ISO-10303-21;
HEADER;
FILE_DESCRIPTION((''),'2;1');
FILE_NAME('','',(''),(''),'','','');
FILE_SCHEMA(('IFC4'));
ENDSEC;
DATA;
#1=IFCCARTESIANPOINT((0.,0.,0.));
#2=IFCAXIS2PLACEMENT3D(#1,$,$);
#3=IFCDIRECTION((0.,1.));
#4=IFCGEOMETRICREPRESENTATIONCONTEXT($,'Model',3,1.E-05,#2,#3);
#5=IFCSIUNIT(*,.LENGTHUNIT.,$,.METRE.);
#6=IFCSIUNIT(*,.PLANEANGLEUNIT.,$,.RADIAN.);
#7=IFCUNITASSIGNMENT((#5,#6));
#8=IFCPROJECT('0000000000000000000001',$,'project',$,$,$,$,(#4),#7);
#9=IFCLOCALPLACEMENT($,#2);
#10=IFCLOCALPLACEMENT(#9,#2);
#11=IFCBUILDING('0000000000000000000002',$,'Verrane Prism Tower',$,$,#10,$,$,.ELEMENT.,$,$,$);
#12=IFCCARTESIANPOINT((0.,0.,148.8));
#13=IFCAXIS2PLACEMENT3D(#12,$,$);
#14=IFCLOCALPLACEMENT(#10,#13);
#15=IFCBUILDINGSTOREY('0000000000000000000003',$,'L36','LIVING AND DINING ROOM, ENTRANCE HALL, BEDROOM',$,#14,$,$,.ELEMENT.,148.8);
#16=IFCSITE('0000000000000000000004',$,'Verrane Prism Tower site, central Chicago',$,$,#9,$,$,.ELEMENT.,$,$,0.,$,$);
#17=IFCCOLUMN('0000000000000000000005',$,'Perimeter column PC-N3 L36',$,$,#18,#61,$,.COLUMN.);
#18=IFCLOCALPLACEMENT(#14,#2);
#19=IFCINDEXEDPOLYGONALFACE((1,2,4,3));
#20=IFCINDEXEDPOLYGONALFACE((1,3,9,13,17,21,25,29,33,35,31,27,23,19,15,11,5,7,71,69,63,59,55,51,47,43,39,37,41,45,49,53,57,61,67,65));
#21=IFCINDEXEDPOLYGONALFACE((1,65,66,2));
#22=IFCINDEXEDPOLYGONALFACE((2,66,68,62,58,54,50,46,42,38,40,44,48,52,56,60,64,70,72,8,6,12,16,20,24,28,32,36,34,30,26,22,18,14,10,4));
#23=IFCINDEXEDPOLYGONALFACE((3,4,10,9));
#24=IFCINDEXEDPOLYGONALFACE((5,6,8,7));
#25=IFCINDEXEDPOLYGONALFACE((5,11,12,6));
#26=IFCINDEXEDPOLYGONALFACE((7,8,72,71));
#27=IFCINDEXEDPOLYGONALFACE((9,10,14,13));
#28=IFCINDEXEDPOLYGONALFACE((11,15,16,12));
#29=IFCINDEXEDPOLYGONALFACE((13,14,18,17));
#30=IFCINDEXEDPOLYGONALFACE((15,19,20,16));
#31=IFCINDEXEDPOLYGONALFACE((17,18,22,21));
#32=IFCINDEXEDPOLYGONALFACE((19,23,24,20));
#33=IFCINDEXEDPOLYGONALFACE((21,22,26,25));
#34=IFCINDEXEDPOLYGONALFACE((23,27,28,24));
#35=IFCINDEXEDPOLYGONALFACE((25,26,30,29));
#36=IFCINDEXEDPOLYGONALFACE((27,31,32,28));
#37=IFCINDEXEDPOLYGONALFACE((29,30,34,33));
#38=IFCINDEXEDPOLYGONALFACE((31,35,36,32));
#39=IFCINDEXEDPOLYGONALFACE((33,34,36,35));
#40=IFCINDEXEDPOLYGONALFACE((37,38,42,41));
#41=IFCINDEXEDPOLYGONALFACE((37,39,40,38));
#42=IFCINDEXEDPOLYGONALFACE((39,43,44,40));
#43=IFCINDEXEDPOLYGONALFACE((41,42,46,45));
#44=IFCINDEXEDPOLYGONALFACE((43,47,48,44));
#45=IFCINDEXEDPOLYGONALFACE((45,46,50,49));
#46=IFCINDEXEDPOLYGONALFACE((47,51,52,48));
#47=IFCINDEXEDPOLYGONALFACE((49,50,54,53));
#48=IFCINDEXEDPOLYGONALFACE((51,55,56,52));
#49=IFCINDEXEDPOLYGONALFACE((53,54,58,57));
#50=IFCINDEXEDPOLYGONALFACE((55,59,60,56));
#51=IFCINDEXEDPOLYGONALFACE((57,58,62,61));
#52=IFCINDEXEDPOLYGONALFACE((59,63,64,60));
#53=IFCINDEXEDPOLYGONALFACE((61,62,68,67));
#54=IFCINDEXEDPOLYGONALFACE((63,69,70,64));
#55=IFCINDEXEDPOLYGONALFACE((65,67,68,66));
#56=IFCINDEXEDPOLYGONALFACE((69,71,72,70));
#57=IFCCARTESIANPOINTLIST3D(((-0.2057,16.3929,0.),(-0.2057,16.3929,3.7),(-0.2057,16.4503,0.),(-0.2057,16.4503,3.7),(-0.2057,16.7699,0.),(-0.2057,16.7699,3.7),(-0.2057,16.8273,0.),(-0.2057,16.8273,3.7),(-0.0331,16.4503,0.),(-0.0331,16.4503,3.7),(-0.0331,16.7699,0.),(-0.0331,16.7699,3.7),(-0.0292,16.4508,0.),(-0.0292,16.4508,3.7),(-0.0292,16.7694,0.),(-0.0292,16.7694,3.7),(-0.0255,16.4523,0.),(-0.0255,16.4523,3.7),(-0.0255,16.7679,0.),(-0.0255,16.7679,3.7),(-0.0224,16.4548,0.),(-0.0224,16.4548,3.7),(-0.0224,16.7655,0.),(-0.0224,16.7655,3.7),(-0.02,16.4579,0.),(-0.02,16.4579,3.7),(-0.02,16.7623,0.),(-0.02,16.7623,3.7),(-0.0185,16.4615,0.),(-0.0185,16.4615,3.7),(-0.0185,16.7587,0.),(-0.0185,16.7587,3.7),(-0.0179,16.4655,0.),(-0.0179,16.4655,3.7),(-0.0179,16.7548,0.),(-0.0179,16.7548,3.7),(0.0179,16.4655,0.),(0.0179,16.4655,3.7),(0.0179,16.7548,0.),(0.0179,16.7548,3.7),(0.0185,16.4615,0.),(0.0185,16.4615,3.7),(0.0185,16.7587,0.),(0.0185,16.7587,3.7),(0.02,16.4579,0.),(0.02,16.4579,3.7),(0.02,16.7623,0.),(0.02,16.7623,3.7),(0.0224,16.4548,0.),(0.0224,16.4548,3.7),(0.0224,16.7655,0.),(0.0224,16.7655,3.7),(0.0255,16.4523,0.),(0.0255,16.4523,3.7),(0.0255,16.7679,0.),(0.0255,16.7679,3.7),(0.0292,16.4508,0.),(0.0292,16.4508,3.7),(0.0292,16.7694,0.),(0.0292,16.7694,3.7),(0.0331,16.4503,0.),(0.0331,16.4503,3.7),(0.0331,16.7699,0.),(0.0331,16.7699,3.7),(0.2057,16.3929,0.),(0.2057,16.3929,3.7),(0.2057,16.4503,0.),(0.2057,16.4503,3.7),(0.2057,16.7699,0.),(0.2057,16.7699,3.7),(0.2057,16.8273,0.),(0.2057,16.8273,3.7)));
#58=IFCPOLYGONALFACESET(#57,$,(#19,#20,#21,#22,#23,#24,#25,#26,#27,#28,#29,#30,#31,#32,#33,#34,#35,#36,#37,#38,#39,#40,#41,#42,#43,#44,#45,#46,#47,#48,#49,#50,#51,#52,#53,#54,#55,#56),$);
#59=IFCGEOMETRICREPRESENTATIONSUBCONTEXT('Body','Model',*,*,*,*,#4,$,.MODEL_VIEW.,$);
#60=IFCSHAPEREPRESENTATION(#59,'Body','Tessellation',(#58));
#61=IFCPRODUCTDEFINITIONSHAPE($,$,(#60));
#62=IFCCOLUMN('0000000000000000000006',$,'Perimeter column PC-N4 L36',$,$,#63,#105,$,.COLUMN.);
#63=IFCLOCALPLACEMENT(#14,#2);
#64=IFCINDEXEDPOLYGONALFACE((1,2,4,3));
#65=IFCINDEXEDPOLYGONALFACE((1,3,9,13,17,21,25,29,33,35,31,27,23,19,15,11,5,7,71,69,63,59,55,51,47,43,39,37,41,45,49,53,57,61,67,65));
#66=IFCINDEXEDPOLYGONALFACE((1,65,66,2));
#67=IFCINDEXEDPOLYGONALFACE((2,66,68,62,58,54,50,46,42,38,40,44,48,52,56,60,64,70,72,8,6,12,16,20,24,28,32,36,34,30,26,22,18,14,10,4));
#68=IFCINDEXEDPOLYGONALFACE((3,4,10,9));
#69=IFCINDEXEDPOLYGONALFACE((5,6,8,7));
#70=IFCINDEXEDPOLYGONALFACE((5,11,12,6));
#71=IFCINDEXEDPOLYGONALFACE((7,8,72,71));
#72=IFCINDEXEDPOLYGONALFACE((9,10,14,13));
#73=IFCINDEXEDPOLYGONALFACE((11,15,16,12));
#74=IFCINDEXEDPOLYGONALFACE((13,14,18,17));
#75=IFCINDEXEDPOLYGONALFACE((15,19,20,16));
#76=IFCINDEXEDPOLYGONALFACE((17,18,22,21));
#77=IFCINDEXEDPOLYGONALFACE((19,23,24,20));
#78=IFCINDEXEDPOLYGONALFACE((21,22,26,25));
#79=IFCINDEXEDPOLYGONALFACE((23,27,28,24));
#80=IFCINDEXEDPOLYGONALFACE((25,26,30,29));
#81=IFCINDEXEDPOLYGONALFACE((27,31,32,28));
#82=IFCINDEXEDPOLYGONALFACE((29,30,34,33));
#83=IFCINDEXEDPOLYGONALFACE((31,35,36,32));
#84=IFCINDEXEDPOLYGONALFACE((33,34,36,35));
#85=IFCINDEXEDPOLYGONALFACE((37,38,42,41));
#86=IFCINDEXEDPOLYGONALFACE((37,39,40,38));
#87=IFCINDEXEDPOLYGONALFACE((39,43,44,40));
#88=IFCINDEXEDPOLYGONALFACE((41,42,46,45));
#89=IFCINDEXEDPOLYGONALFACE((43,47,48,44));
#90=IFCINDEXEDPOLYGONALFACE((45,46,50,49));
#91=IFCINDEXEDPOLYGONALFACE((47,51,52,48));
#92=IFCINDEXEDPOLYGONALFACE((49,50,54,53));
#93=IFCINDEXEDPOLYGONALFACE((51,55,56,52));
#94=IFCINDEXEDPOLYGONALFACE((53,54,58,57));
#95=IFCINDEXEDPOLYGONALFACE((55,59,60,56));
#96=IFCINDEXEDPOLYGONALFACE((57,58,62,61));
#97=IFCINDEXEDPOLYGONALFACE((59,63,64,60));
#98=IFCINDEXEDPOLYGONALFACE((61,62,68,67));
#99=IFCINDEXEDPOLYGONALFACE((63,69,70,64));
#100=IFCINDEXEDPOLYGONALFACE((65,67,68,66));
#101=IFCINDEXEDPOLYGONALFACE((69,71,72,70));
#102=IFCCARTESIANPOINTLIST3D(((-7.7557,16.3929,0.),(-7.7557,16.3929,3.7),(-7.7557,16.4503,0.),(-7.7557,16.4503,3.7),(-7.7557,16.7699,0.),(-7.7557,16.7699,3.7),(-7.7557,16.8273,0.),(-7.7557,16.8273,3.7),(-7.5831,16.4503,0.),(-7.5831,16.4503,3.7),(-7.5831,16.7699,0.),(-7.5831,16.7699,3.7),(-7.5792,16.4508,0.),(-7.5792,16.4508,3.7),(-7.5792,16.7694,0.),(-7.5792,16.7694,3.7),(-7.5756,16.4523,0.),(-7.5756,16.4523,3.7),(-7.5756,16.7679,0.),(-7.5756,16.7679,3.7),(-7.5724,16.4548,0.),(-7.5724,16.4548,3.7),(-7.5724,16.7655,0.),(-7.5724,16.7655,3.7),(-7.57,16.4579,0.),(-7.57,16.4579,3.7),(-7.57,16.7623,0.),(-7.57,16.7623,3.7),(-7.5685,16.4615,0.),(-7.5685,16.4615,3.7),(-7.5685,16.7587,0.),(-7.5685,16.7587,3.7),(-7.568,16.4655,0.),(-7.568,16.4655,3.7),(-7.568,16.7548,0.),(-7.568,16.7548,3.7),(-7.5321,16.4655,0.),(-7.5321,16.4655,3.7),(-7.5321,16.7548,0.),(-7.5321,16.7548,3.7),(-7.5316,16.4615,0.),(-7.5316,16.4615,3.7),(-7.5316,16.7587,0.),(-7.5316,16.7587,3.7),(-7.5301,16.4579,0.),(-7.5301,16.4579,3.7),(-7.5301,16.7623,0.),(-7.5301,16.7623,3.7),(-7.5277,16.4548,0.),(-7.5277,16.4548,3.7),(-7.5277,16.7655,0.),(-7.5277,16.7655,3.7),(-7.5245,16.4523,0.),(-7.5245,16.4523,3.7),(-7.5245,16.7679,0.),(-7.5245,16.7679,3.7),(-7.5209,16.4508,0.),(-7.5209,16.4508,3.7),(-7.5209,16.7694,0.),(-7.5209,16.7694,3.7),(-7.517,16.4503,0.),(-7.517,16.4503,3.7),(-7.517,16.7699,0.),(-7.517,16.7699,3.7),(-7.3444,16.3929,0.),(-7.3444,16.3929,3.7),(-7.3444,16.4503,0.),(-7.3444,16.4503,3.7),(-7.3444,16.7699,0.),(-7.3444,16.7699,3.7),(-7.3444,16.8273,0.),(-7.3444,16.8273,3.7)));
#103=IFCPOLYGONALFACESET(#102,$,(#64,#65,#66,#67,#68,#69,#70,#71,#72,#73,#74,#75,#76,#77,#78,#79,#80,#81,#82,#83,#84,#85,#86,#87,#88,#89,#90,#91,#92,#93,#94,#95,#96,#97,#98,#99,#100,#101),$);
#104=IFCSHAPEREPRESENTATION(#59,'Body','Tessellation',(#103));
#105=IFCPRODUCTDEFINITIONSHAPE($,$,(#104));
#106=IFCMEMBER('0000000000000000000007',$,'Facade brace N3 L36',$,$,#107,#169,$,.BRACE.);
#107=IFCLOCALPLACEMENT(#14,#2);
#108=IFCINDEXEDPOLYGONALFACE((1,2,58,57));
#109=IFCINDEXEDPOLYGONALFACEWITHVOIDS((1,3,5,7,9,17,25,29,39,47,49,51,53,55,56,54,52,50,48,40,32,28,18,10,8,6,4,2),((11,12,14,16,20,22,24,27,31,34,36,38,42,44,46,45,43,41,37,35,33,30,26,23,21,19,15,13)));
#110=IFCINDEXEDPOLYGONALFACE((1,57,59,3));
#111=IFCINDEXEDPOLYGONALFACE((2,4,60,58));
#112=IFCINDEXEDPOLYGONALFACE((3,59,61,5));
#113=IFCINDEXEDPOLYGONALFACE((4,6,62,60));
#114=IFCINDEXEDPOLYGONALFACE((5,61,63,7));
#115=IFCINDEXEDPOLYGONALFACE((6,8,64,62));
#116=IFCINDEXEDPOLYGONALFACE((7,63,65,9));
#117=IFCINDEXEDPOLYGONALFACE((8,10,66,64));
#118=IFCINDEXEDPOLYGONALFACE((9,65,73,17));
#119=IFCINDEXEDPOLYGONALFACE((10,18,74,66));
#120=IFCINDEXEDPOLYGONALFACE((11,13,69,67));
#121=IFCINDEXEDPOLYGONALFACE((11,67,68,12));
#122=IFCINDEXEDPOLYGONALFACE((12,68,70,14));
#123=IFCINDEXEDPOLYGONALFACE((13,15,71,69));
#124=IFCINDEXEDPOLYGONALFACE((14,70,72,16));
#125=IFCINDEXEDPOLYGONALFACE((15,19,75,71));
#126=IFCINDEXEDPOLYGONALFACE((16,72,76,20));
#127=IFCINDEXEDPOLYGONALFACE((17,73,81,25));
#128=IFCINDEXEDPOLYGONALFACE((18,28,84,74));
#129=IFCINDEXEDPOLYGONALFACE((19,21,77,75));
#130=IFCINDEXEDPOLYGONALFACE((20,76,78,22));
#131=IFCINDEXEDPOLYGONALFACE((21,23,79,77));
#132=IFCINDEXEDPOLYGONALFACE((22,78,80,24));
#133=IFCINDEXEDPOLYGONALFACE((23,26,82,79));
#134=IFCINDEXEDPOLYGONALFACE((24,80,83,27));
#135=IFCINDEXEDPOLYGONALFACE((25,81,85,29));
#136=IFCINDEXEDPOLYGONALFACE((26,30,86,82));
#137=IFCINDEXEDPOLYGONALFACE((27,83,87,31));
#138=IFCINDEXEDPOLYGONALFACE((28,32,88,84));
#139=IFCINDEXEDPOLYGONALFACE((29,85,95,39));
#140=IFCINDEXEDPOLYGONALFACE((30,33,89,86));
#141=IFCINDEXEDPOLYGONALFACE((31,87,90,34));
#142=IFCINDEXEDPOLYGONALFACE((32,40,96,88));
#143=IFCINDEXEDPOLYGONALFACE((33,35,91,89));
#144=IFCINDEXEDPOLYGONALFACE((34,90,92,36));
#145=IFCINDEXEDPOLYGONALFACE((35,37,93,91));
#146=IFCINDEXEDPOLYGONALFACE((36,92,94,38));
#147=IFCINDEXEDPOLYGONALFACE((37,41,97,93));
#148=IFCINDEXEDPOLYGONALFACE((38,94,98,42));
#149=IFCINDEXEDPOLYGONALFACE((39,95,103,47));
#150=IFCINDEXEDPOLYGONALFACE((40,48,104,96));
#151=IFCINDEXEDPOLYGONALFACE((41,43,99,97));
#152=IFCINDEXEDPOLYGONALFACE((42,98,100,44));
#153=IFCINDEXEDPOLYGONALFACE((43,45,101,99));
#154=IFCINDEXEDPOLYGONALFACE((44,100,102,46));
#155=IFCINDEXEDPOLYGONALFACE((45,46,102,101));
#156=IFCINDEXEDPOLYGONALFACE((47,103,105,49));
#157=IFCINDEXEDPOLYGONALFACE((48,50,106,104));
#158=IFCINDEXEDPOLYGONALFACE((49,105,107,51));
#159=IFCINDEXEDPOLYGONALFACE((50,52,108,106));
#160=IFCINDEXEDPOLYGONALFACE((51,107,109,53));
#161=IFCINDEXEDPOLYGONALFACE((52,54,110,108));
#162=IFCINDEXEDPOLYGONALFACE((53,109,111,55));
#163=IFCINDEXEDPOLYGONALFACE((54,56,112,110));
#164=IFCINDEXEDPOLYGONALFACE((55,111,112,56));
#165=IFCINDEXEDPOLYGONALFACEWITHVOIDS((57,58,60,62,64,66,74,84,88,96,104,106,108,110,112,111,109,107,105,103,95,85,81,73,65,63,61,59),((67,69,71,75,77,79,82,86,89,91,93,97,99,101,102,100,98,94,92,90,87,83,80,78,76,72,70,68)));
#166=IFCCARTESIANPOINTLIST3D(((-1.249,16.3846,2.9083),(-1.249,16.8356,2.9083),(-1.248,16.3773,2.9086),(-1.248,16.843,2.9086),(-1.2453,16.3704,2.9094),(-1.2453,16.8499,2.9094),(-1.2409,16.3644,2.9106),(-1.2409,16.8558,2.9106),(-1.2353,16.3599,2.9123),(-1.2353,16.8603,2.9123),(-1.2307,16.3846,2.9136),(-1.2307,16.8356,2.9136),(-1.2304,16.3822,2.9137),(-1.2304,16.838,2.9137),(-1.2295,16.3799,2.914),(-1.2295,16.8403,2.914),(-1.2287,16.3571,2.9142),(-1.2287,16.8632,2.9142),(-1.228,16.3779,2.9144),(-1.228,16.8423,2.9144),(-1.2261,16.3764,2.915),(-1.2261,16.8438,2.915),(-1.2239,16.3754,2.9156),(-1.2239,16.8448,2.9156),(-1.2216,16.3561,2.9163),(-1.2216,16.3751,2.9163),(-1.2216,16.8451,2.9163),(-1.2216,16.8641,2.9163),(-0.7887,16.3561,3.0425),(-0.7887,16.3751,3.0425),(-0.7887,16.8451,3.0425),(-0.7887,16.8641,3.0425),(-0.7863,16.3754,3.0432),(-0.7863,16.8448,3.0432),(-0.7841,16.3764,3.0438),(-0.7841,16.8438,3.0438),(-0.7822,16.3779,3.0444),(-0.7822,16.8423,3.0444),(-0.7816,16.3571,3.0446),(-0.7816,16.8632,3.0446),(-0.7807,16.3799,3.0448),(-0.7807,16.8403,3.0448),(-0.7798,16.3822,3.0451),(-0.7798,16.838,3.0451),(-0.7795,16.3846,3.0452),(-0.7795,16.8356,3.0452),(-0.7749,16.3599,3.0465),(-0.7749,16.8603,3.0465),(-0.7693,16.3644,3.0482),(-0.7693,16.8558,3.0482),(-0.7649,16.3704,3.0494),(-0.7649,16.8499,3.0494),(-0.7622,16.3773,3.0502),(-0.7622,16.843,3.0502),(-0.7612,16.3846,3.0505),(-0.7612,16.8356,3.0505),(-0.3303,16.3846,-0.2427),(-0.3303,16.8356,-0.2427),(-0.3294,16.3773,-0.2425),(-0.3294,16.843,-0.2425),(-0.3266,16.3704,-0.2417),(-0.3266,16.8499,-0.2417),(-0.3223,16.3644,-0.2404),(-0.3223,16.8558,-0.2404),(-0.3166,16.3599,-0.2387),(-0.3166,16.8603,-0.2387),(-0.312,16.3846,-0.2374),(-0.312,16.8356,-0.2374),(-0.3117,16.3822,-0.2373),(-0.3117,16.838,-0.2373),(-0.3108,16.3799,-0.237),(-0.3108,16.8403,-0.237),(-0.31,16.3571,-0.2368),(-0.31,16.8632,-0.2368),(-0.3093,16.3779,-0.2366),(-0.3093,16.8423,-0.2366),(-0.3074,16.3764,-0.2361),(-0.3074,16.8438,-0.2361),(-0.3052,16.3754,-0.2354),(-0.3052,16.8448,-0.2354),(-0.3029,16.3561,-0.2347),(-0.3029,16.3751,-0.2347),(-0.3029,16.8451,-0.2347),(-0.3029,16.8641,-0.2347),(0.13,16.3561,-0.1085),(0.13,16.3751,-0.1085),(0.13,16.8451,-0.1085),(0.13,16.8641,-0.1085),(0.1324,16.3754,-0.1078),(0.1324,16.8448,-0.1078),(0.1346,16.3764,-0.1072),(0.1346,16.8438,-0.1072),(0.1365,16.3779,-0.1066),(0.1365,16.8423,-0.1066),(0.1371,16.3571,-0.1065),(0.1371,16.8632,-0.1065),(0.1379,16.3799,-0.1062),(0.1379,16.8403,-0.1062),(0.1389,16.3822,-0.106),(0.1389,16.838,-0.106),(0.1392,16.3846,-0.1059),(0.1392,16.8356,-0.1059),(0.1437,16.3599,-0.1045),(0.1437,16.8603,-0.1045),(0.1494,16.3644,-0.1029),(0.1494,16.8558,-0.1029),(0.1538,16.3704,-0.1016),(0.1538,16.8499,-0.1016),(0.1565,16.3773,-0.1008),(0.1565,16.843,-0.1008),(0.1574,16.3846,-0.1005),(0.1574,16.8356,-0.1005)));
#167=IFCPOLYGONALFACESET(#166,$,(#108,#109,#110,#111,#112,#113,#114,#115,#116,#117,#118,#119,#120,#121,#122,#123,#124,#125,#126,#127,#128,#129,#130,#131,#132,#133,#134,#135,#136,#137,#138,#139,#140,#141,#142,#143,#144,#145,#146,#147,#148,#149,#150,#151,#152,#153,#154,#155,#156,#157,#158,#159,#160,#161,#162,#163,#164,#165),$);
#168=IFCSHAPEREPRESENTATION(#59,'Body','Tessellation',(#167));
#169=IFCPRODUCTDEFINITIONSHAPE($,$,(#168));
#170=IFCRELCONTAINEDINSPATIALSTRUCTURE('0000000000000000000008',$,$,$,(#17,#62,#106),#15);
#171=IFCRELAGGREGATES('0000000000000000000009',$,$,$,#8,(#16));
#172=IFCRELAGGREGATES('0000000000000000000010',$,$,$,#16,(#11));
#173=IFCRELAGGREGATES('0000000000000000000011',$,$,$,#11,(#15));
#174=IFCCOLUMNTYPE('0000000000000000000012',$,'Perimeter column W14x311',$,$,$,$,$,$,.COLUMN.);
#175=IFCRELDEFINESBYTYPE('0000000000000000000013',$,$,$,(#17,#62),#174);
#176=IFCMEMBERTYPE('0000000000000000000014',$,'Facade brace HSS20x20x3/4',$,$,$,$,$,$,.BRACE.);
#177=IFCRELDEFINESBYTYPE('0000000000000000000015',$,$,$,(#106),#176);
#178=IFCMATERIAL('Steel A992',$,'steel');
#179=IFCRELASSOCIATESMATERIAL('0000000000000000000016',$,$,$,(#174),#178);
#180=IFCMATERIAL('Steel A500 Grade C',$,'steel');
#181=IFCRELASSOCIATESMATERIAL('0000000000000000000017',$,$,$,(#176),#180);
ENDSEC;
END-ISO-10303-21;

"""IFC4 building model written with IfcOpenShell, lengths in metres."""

from ifc_helpers import new_model, si_unit, direction, frame, origin, origin_2d, place, context, subcontext, project, spatial, hollow_rectangle, i_section, extrude, material, material_profile, profile_set, type_object, element, save


model = new_model("IFC4")

# Units and contexts
model_context = context("Model", 3, precision=1e-05, world=origin(), true_north=direction((0.0, 1.0)))
body_context = subcontext(model_context, "Body", "Model", "MODEL_VIEW")
ifc_project = project(units=[si_unit("LENGTHUNIT", "METRE"), si_unit("PLANEANGLEUNIT", "RADIAN")], contexts=[model_context])

# Site, building, storey
site_placement = place(None, origin())
site = spatial("IfcSite", under=ifc_project, at=site_placement, Name="Verrane Prism Tower site, central Chicago", CompositionType="ELEMENT", RefElevation=0.0)
building_placement = place(site_placement, origin())
building = spatial("IfcBuilding", under=site, at=building_placement, Name="Verrane Prism Tower", CompositionType="ELEMENT")
storey_placement = place(building_placement, frame((0.0, 0.0, 148.8)))
storey = spatial("IfcBuildingStorey", under=building, at=storey_placement, Name="L36", Description="LIVING AND DINING ROOM, ENTRANCE HALL, BEDROOM", CompositionType="ELEMENT", Elevation=148.8)

# Columns
ifc_material_1 = material(Name="Steel A992", Category="steel")
ifc_material_profile_1 = material_profile(ifc_material_1, i_section(OverallWidth=0.4114, OverallDepth=0.4343, WebThickness=0.0359, FlangeThickness=0.0574, FilletRadius=0.0151, at=origin_2d()), Name="W14x311")
ifc_profile_set_1 = profile_set([ifc_material_profile_1], Name="Steel A992")
column_type = type_object("IfcColumnType", Name="Perimeter column W14x311", PredefinedType="COLUMN", material=ifc_profile_set_1)
for number, where, z_axis, x_axis, name in (
    (1, (0.0, 16.6101, 0.0), (0.0, 0.0, 1.0), (1.0, 0.0, 0.0), "Perimeter column PC-N3 L36"),
    (2, (-7.55, 16.6101, 0.0), (0.0, 0.0, 1.0), (1.0, 0.0, 0.0), "Perimeter column PC-N4 L36"),
):
    element("IfcColumn", number, at=place(storey_placement, frame(where, z_axis=z_axis, x_axis=x_axis)), inside=storey, type_object=column_type, Name=name, PredefinedType="COLUMN", context=body_context, shape_type="SweptSolid", body=[
        extrude(i_section(OverallWidth=0.4114, OverallDepth=0.4343, WebThickness=0.0359, FlangeThickness=0.0574, FilletRadius=0.0151, at=origin_2d()), origin(), (0.0, 0.0, 1.0), 3.7),
    ])

# Member
ifc_material_2 = material(Name="Steel A500 Grade C", Category="steel")
ifc_material_profile_2 = material_profile(ifc_material_2, hollow_rectangle(XDim=0.5081, YDim=0.5081, WallThickness=0.019, InnerFilletRadius=0.0095, OuterFilletRadius=0.0286, at=origin_2d()), Name="HSS20x20x3/4")
ifc_profile_set_2 = profile_set([ifc_material_profile_2], Name="Steel A500 Grade C")
member_type_1 = type_object("IfcMemberType", Name="Facade brace HSS20x20x3/4", PredefinedType="BRACE", material=ifc_profile_set_2)
member_1_placement = place(storey_placement, frame((-0.0864, 16.6101, -0.1716), z_axis=(-0.279894, 0.0, 0.960031), x_axis=(0.0, -1.0, 0.0)))
element("IfcMember", 3, at=member_1_placement, inside=storey, type_object=member_type_1, Name="Facade brace N3 L36", PredefinedType="BRACE", context=body_context, shape_type="SweptSolid", body=[
    extrude(hollow_rectangle(XDim=0.5081, YDim=0.5081, WallThickness=0.019, InnerFilletRadius=0.0095, OuterFilletRadius=0.0286, at=origin_2d()), origin(), (0.0, 0.0, 1.0), 3.2822),
])

save(model, "model.ifc")
